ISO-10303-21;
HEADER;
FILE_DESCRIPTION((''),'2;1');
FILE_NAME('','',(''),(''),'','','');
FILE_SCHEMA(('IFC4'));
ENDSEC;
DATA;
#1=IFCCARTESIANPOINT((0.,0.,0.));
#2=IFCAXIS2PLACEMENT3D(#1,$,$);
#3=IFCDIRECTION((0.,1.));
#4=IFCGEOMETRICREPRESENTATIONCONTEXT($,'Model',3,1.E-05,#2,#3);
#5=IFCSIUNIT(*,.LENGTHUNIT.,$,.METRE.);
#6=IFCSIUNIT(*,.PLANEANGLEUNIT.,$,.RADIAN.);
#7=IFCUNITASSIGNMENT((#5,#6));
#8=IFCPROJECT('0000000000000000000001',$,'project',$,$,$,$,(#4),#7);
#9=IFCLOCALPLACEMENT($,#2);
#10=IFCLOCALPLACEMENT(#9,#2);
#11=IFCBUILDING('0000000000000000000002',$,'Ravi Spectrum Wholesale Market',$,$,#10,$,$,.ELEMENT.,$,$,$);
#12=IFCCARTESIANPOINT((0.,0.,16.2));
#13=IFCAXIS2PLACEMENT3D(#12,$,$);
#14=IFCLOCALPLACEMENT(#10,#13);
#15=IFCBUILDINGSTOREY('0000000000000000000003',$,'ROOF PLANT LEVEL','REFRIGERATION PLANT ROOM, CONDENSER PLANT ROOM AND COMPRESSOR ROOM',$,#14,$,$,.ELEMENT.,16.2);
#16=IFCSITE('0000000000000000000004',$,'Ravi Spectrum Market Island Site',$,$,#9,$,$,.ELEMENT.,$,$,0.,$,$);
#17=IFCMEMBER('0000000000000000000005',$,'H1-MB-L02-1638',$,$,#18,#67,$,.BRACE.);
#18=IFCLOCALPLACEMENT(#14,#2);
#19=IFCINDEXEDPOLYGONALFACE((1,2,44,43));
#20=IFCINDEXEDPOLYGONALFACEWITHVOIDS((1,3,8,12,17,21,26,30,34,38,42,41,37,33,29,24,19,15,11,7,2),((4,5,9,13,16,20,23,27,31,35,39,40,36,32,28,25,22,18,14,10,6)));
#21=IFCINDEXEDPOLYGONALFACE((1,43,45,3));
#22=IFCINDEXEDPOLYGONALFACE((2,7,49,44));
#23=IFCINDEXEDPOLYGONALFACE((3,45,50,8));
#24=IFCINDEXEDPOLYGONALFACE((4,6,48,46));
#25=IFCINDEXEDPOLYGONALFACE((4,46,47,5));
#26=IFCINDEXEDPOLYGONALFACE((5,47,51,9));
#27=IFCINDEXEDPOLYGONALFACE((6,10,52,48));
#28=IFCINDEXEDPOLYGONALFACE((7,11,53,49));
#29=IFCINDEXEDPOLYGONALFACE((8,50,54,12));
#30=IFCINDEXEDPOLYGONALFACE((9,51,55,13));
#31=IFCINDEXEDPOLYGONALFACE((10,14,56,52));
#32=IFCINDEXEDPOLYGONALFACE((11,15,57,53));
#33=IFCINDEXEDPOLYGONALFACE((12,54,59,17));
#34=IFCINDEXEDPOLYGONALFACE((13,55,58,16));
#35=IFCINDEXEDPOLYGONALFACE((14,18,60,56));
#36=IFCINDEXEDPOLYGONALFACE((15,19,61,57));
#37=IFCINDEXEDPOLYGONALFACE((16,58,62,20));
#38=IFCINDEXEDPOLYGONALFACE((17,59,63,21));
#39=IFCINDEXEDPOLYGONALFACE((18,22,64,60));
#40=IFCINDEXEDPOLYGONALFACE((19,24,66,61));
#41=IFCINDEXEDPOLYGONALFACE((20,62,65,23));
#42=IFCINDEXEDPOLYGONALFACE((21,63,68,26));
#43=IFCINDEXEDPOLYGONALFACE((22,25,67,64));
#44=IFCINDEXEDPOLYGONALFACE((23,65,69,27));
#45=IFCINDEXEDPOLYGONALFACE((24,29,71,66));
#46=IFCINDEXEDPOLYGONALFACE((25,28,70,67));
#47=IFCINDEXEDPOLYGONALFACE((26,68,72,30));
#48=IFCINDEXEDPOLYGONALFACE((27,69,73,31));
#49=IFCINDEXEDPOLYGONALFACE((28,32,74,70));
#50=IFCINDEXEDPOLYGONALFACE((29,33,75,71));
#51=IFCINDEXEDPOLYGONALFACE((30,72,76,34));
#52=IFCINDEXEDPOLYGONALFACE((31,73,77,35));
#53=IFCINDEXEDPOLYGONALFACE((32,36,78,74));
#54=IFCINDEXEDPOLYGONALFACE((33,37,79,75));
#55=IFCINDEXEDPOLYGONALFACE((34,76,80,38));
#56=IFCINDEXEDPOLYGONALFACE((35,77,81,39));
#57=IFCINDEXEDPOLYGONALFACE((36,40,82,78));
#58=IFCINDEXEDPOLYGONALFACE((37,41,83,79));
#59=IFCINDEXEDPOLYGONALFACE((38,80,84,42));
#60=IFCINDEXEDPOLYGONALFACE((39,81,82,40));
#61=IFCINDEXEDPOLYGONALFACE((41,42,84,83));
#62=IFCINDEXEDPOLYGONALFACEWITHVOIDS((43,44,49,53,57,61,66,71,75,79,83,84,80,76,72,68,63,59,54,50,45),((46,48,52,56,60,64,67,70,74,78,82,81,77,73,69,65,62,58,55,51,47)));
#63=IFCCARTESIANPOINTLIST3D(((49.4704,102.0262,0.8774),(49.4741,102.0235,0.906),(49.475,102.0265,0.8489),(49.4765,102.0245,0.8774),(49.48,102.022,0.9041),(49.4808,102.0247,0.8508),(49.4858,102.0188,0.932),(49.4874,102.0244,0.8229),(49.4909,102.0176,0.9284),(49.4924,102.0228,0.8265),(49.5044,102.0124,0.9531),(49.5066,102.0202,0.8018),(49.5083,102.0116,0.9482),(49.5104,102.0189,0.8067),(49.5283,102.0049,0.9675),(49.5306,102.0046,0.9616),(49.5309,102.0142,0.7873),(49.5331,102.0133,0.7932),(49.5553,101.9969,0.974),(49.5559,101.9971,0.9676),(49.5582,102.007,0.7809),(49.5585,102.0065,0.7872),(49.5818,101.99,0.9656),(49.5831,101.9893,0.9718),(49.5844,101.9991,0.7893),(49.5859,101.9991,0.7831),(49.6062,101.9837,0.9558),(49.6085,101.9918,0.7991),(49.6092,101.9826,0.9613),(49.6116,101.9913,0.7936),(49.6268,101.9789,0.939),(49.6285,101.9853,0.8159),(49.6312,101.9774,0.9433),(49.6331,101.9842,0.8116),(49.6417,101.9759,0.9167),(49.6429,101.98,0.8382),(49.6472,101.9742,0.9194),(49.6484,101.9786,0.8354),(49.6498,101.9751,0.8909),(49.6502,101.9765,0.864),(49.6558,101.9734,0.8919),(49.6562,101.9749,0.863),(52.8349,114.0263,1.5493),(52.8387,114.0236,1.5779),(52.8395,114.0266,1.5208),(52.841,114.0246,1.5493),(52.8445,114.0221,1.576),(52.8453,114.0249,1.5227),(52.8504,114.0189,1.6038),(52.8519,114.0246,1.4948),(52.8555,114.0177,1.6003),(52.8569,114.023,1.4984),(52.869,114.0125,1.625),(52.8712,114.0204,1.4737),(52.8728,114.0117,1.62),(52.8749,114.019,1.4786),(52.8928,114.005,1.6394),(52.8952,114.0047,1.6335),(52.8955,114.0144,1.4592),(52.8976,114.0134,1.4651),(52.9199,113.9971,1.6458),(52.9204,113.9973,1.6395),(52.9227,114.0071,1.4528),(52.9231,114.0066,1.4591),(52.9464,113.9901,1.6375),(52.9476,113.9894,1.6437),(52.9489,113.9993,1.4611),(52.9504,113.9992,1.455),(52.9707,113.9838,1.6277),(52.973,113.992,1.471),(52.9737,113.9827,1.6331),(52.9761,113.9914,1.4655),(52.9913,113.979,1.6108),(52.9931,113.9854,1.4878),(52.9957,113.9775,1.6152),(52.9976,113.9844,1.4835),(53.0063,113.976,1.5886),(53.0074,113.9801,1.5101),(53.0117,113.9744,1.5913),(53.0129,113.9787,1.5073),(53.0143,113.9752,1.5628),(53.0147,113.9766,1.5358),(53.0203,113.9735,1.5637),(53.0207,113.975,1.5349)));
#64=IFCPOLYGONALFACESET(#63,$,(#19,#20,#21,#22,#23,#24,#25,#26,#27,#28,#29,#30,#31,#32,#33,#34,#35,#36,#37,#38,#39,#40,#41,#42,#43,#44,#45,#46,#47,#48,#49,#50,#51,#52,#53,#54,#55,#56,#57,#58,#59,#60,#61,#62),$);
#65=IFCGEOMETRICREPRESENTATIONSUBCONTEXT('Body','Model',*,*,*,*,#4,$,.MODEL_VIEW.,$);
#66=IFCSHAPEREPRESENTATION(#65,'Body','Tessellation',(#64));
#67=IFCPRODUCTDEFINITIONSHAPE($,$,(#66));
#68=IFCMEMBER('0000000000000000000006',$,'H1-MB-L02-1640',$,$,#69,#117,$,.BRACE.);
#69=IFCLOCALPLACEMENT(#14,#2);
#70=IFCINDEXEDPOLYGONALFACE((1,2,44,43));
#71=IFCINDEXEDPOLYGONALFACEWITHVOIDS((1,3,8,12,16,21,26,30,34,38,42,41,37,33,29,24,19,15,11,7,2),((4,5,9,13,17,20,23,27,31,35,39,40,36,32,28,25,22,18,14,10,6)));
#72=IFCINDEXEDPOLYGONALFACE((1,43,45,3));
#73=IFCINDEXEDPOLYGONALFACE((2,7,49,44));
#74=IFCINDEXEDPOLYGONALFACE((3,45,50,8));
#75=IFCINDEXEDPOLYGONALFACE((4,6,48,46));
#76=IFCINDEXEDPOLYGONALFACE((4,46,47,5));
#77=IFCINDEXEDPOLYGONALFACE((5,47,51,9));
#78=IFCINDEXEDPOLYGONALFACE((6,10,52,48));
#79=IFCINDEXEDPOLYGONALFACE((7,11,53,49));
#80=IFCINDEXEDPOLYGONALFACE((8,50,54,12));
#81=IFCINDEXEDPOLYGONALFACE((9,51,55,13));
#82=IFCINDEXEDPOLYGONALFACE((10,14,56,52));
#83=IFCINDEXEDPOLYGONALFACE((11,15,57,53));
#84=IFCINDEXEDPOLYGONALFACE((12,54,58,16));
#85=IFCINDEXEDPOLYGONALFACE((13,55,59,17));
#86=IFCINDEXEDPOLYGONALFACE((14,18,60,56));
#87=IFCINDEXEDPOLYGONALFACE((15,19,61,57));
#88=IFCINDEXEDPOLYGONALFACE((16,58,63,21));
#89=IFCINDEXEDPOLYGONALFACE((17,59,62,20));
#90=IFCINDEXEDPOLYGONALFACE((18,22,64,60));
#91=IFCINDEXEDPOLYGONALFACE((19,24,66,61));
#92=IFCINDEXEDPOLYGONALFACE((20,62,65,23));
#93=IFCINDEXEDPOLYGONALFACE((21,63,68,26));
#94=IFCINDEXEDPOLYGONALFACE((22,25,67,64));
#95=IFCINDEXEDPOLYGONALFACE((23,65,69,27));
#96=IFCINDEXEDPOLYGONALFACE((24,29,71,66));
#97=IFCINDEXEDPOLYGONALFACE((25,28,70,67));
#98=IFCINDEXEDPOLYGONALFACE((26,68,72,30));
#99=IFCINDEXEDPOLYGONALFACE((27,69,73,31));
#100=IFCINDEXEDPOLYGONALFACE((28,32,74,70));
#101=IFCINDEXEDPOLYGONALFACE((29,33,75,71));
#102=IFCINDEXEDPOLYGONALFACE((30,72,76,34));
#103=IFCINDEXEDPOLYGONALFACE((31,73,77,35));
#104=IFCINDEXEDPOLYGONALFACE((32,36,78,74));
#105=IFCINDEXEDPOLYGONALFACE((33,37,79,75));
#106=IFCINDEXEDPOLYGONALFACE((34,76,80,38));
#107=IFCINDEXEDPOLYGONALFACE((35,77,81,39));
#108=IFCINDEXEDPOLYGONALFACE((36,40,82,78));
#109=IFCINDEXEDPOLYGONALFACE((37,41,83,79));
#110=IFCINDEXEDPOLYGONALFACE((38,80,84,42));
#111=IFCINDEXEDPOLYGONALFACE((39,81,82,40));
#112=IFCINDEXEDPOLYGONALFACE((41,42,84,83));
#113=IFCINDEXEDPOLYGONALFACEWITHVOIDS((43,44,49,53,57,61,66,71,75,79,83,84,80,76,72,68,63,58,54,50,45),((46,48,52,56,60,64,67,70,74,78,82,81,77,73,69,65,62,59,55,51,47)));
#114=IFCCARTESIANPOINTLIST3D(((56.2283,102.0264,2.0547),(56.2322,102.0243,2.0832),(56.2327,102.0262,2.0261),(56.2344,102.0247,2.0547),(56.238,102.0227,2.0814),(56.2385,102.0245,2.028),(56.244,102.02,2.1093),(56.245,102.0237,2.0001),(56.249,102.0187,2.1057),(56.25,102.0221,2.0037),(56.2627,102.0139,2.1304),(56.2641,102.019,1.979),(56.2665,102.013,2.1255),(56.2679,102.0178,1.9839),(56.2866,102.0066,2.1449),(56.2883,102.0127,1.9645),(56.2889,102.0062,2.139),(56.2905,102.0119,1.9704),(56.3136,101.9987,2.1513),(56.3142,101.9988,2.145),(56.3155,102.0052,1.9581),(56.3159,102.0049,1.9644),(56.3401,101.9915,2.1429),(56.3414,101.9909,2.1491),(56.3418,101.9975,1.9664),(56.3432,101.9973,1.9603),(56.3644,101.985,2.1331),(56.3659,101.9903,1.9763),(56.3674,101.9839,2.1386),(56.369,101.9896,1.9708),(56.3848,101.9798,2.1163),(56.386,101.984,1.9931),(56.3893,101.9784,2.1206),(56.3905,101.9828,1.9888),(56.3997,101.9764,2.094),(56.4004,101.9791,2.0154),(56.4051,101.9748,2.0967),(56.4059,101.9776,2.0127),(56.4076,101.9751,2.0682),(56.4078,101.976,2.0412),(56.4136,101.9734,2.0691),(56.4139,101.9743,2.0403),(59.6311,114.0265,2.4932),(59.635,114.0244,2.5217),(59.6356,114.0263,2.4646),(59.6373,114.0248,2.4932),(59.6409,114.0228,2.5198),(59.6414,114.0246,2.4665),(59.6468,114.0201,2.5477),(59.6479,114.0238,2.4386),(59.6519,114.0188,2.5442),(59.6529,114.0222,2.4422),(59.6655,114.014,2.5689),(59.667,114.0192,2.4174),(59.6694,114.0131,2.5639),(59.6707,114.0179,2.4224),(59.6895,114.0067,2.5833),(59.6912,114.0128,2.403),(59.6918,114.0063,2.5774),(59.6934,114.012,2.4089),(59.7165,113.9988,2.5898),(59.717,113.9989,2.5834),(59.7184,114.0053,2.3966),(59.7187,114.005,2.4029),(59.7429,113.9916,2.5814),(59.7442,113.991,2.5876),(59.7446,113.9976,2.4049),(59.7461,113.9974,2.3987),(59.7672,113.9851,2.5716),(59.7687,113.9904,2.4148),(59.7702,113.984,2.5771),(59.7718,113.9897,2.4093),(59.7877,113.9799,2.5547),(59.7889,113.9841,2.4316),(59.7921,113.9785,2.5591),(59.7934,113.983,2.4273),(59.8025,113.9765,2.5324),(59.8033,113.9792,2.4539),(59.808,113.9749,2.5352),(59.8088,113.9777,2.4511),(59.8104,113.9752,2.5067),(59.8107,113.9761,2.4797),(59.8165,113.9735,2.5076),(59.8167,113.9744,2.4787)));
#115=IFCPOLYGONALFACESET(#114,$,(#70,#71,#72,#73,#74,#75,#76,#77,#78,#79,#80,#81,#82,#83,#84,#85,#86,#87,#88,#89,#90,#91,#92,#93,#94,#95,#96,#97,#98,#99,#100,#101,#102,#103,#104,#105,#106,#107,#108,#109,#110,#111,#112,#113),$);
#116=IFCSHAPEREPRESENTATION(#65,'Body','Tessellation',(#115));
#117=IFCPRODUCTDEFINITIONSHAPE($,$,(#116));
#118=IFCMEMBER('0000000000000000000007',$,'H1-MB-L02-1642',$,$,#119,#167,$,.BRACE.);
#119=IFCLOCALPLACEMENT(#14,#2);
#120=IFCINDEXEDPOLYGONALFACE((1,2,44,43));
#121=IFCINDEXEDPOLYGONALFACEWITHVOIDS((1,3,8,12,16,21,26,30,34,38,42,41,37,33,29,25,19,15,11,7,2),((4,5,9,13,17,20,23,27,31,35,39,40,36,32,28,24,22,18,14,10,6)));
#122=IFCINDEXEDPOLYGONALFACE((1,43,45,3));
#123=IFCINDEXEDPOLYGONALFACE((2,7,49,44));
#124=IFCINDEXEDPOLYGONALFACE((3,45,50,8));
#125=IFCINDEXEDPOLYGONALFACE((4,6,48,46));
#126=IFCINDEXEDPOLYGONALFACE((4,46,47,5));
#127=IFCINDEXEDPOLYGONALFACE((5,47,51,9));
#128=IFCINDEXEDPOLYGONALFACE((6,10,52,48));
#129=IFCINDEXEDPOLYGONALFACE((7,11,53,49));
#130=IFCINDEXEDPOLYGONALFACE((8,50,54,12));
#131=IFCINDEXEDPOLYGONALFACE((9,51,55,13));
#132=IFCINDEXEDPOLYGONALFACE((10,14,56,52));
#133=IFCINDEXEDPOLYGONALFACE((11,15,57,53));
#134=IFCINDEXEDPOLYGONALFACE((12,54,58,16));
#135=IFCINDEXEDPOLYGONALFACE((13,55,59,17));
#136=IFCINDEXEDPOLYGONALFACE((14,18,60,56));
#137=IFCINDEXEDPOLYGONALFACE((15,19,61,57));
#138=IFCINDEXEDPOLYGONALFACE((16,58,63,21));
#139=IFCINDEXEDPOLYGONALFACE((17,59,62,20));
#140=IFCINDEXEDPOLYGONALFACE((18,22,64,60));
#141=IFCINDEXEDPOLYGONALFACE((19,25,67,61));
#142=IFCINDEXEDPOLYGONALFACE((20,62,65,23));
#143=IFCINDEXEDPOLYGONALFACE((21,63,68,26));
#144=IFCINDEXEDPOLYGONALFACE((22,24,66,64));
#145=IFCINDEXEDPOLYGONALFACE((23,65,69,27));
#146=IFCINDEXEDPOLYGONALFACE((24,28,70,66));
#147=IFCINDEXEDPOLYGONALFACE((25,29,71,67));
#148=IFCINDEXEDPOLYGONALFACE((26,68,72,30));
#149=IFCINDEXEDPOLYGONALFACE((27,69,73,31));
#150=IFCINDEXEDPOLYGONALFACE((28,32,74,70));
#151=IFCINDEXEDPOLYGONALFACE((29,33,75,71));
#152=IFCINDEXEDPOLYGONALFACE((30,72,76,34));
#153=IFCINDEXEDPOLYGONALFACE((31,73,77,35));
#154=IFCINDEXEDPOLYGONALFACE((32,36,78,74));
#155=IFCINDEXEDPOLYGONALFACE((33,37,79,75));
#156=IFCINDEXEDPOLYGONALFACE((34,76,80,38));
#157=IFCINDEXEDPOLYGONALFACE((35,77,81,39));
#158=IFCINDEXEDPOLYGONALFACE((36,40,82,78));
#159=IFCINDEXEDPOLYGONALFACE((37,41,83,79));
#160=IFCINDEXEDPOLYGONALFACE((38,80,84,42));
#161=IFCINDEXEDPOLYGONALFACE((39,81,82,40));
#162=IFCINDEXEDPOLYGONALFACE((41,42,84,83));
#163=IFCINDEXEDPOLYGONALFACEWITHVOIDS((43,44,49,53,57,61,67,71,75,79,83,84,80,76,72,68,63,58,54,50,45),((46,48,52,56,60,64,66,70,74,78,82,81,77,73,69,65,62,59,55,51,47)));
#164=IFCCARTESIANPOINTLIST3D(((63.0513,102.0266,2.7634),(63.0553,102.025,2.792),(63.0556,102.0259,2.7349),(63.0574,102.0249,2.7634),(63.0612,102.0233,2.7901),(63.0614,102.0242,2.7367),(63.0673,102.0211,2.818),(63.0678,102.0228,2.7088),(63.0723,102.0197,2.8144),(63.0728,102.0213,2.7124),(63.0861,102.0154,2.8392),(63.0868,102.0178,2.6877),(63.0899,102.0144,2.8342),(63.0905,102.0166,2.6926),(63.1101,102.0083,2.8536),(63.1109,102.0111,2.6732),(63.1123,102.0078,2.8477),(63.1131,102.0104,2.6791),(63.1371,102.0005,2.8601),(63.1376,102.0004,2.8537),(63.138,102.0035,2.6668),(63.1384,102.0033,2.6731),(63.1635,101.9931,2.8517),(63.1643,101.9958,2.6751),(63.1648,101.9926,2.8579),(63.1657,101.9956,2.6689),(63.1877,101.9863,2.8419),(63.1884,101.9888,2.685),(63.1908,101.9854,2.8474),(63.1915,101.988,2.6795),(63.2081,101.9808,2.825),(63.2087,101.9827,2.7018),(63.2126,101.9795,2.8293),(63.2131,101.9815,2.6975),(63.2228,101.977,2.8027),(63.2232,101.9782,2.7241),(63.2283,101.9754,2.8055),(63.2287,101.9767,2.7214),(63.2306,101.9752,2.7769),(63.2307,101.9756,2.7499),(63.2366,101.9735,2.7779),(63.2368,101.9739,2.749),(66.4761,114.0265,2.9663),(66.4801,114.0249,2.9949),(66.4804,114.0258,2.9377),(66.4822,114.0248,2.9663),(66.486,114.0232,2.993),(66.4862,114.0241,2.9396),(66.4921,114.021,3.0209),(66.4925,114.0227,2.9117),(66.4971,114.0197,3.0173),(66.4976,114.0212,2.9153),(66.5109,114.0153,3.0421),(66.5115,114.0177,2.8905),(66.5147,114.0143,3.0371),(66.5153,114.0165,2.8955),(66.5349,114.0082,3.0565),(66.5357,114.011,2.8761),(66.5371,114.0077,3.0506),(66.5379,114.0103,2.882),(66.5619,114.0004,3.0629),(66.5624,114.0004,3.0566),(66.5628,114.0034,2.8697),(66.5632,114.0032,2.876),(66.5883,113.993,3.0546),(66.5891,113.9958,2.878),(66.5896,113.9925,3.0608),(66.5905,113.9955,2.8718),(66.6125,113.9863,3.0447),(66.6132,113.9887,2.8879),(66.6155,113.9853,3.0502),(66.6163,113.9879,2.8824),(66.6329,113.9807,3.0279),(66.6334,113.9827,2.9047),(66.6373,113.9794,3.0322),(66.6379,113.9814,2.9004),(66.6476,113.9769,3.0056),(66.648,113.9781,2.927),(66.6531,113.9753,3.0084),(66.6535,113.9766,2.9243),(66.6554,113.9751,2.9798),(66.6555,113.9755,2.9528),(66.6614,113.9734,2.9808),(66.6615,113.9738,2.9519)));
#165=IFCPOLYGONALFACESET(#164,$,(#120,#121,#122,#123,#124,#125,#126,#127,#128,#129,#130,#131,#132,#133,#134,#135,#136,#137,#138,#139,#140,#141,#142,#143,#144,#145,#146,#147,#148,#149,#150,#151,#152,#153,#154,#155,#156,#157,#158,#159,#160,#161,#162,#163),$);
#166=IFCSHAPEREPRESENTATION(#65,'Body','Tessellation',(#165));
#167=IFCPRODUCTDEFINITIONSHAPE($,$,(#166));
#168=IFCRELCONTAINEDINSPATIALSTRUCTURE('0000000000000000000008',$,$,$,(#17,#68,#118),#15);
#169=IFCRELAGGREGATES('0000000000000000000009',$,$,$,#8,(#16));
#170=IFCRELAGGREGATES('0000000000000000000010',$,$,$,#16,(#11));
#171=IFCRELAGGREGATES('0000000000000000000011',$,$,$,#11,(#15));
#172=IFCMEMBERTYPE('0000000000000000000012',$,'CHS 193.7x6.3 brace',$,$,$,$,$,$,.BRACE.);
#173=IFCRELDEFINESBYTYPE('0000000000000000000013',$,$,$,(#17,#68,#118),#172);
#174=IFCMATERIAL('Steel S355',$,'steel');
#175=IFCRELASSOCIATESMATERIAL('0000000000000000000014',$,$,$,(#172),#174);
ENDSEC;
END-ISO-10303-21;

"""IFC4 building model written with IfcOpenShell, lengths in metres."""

from ifc_helpers import new_model, si_unit, direction, frame, origin, origin_2d, place, context, subcontext, project, spatial, hollow_circle, extrude, material, material_profile, profile_set, type_object, element, save


model = new_model("IFC4")

# Units and contexts
model_context = context("Model", 3, precision=1e-05, world=origin(), true_north=direction((0.0, 1.0)))
body_context = subcontext(model_context, "Body", "Model", "MODEL_VIEW")
ifc_project = project(units=[si_unit("LENGTHUNIT", "METRE"), si_unit("PLANEANGLEUNIT", "RADIAN")], contexts=[model_context])

# Site, building, storey
site_placement = place(None, origin())
site = spatial("IfcSite", under=ifc_project, at=site_placement, Name="Ravi Spectrum Market Island Site", CompositionType="ELEMENT", RefElevation=0.0)
building_placement = place(site_placement, origin())
building = spatial("IfcBuilding", under=site, at=building_placement, Name="Ravi Spectrum Wholesale Market", CompositionType="ELEMENT")
storey_placement = place(building_placement, frame((0.0, 0.0, 16.2)))
storey = spatial("IfcBuildingStorey", under=building, at=storey_placement, Name="ROOF PLANT LEVEL", Description="REFRIGERATION PLANT ROOM, CONDENSER PLANT ROOM AND COMPRESSOR ROOM", CompositionType="ELEMENT", Elevation=16.2)

# Members
ifc_material_1 = material(Name="Steel S355", Category="steel")
ifc_material_profile_1 = material_profile(ifc_material_1, hollow_circle(Radius=0.0969, WallThickness=0.0063, at=origin_2d()))
ifc_profile_set_1 = profile_set([ifc_material_profile_1], Name="Steel S355")
member_type_1 = type_object("IfcMemberType", Name="CHS 193.7x6.3 brace", PredefinedType="BRACE", material=ifc_profile_set_1)
for number, where, z_axis, x_axis, name in (
    (1, (49.5637, 102.0, 0.8774), (0.269573, 0.961474, 0.053833), (-0.96287, 0.269965, 0.0), "H1-MB-L02-1638"),
    (2, (56.3215, 102.0, 2.0547), (0.272644, 0.961473, 0.035132), (-0.962067, 0.272813, 0.0), "H1-MB-L02-1640"),
):
    element("IfcMember", number, at=place(storey_placement, frame(where, z_axis=z_axis, x_axis=x_axis)), inside=storey, type_object=member_type_1, Name=name, PredefinedType="BRACE", context=body_context, shape_type="SweptSolid", body=[
        extrude(hollow_circle(Radius=0.0969, WallThickness=0.0063, at=origin_2d()), origin(), (0.0, 0.0, 1.0), 12.481),
    ])
member_1_placement = place(storey_placement, frame((63.1445, 102.0, 2.7634), z_axis=(0.274406, 0.961477, 0.016255), x_axis=(-0.961604, 0.274442, 0.0)))
element("IfcMember", 3, at=member_1_placement, inside=storey, type_object=member_type_1, Name="H1-MB-L02-1642", PredefinedType="BRACE", context=body_context, shape_type="SweptSolid", body=[
    extrude(hollow_circle(Radius=0.0969, WallThickness=0.0063, at=origin_2d()), origin(), (0.0, 0.0, 1.0), 12.4807),
])

save(model, "model.ifc")
